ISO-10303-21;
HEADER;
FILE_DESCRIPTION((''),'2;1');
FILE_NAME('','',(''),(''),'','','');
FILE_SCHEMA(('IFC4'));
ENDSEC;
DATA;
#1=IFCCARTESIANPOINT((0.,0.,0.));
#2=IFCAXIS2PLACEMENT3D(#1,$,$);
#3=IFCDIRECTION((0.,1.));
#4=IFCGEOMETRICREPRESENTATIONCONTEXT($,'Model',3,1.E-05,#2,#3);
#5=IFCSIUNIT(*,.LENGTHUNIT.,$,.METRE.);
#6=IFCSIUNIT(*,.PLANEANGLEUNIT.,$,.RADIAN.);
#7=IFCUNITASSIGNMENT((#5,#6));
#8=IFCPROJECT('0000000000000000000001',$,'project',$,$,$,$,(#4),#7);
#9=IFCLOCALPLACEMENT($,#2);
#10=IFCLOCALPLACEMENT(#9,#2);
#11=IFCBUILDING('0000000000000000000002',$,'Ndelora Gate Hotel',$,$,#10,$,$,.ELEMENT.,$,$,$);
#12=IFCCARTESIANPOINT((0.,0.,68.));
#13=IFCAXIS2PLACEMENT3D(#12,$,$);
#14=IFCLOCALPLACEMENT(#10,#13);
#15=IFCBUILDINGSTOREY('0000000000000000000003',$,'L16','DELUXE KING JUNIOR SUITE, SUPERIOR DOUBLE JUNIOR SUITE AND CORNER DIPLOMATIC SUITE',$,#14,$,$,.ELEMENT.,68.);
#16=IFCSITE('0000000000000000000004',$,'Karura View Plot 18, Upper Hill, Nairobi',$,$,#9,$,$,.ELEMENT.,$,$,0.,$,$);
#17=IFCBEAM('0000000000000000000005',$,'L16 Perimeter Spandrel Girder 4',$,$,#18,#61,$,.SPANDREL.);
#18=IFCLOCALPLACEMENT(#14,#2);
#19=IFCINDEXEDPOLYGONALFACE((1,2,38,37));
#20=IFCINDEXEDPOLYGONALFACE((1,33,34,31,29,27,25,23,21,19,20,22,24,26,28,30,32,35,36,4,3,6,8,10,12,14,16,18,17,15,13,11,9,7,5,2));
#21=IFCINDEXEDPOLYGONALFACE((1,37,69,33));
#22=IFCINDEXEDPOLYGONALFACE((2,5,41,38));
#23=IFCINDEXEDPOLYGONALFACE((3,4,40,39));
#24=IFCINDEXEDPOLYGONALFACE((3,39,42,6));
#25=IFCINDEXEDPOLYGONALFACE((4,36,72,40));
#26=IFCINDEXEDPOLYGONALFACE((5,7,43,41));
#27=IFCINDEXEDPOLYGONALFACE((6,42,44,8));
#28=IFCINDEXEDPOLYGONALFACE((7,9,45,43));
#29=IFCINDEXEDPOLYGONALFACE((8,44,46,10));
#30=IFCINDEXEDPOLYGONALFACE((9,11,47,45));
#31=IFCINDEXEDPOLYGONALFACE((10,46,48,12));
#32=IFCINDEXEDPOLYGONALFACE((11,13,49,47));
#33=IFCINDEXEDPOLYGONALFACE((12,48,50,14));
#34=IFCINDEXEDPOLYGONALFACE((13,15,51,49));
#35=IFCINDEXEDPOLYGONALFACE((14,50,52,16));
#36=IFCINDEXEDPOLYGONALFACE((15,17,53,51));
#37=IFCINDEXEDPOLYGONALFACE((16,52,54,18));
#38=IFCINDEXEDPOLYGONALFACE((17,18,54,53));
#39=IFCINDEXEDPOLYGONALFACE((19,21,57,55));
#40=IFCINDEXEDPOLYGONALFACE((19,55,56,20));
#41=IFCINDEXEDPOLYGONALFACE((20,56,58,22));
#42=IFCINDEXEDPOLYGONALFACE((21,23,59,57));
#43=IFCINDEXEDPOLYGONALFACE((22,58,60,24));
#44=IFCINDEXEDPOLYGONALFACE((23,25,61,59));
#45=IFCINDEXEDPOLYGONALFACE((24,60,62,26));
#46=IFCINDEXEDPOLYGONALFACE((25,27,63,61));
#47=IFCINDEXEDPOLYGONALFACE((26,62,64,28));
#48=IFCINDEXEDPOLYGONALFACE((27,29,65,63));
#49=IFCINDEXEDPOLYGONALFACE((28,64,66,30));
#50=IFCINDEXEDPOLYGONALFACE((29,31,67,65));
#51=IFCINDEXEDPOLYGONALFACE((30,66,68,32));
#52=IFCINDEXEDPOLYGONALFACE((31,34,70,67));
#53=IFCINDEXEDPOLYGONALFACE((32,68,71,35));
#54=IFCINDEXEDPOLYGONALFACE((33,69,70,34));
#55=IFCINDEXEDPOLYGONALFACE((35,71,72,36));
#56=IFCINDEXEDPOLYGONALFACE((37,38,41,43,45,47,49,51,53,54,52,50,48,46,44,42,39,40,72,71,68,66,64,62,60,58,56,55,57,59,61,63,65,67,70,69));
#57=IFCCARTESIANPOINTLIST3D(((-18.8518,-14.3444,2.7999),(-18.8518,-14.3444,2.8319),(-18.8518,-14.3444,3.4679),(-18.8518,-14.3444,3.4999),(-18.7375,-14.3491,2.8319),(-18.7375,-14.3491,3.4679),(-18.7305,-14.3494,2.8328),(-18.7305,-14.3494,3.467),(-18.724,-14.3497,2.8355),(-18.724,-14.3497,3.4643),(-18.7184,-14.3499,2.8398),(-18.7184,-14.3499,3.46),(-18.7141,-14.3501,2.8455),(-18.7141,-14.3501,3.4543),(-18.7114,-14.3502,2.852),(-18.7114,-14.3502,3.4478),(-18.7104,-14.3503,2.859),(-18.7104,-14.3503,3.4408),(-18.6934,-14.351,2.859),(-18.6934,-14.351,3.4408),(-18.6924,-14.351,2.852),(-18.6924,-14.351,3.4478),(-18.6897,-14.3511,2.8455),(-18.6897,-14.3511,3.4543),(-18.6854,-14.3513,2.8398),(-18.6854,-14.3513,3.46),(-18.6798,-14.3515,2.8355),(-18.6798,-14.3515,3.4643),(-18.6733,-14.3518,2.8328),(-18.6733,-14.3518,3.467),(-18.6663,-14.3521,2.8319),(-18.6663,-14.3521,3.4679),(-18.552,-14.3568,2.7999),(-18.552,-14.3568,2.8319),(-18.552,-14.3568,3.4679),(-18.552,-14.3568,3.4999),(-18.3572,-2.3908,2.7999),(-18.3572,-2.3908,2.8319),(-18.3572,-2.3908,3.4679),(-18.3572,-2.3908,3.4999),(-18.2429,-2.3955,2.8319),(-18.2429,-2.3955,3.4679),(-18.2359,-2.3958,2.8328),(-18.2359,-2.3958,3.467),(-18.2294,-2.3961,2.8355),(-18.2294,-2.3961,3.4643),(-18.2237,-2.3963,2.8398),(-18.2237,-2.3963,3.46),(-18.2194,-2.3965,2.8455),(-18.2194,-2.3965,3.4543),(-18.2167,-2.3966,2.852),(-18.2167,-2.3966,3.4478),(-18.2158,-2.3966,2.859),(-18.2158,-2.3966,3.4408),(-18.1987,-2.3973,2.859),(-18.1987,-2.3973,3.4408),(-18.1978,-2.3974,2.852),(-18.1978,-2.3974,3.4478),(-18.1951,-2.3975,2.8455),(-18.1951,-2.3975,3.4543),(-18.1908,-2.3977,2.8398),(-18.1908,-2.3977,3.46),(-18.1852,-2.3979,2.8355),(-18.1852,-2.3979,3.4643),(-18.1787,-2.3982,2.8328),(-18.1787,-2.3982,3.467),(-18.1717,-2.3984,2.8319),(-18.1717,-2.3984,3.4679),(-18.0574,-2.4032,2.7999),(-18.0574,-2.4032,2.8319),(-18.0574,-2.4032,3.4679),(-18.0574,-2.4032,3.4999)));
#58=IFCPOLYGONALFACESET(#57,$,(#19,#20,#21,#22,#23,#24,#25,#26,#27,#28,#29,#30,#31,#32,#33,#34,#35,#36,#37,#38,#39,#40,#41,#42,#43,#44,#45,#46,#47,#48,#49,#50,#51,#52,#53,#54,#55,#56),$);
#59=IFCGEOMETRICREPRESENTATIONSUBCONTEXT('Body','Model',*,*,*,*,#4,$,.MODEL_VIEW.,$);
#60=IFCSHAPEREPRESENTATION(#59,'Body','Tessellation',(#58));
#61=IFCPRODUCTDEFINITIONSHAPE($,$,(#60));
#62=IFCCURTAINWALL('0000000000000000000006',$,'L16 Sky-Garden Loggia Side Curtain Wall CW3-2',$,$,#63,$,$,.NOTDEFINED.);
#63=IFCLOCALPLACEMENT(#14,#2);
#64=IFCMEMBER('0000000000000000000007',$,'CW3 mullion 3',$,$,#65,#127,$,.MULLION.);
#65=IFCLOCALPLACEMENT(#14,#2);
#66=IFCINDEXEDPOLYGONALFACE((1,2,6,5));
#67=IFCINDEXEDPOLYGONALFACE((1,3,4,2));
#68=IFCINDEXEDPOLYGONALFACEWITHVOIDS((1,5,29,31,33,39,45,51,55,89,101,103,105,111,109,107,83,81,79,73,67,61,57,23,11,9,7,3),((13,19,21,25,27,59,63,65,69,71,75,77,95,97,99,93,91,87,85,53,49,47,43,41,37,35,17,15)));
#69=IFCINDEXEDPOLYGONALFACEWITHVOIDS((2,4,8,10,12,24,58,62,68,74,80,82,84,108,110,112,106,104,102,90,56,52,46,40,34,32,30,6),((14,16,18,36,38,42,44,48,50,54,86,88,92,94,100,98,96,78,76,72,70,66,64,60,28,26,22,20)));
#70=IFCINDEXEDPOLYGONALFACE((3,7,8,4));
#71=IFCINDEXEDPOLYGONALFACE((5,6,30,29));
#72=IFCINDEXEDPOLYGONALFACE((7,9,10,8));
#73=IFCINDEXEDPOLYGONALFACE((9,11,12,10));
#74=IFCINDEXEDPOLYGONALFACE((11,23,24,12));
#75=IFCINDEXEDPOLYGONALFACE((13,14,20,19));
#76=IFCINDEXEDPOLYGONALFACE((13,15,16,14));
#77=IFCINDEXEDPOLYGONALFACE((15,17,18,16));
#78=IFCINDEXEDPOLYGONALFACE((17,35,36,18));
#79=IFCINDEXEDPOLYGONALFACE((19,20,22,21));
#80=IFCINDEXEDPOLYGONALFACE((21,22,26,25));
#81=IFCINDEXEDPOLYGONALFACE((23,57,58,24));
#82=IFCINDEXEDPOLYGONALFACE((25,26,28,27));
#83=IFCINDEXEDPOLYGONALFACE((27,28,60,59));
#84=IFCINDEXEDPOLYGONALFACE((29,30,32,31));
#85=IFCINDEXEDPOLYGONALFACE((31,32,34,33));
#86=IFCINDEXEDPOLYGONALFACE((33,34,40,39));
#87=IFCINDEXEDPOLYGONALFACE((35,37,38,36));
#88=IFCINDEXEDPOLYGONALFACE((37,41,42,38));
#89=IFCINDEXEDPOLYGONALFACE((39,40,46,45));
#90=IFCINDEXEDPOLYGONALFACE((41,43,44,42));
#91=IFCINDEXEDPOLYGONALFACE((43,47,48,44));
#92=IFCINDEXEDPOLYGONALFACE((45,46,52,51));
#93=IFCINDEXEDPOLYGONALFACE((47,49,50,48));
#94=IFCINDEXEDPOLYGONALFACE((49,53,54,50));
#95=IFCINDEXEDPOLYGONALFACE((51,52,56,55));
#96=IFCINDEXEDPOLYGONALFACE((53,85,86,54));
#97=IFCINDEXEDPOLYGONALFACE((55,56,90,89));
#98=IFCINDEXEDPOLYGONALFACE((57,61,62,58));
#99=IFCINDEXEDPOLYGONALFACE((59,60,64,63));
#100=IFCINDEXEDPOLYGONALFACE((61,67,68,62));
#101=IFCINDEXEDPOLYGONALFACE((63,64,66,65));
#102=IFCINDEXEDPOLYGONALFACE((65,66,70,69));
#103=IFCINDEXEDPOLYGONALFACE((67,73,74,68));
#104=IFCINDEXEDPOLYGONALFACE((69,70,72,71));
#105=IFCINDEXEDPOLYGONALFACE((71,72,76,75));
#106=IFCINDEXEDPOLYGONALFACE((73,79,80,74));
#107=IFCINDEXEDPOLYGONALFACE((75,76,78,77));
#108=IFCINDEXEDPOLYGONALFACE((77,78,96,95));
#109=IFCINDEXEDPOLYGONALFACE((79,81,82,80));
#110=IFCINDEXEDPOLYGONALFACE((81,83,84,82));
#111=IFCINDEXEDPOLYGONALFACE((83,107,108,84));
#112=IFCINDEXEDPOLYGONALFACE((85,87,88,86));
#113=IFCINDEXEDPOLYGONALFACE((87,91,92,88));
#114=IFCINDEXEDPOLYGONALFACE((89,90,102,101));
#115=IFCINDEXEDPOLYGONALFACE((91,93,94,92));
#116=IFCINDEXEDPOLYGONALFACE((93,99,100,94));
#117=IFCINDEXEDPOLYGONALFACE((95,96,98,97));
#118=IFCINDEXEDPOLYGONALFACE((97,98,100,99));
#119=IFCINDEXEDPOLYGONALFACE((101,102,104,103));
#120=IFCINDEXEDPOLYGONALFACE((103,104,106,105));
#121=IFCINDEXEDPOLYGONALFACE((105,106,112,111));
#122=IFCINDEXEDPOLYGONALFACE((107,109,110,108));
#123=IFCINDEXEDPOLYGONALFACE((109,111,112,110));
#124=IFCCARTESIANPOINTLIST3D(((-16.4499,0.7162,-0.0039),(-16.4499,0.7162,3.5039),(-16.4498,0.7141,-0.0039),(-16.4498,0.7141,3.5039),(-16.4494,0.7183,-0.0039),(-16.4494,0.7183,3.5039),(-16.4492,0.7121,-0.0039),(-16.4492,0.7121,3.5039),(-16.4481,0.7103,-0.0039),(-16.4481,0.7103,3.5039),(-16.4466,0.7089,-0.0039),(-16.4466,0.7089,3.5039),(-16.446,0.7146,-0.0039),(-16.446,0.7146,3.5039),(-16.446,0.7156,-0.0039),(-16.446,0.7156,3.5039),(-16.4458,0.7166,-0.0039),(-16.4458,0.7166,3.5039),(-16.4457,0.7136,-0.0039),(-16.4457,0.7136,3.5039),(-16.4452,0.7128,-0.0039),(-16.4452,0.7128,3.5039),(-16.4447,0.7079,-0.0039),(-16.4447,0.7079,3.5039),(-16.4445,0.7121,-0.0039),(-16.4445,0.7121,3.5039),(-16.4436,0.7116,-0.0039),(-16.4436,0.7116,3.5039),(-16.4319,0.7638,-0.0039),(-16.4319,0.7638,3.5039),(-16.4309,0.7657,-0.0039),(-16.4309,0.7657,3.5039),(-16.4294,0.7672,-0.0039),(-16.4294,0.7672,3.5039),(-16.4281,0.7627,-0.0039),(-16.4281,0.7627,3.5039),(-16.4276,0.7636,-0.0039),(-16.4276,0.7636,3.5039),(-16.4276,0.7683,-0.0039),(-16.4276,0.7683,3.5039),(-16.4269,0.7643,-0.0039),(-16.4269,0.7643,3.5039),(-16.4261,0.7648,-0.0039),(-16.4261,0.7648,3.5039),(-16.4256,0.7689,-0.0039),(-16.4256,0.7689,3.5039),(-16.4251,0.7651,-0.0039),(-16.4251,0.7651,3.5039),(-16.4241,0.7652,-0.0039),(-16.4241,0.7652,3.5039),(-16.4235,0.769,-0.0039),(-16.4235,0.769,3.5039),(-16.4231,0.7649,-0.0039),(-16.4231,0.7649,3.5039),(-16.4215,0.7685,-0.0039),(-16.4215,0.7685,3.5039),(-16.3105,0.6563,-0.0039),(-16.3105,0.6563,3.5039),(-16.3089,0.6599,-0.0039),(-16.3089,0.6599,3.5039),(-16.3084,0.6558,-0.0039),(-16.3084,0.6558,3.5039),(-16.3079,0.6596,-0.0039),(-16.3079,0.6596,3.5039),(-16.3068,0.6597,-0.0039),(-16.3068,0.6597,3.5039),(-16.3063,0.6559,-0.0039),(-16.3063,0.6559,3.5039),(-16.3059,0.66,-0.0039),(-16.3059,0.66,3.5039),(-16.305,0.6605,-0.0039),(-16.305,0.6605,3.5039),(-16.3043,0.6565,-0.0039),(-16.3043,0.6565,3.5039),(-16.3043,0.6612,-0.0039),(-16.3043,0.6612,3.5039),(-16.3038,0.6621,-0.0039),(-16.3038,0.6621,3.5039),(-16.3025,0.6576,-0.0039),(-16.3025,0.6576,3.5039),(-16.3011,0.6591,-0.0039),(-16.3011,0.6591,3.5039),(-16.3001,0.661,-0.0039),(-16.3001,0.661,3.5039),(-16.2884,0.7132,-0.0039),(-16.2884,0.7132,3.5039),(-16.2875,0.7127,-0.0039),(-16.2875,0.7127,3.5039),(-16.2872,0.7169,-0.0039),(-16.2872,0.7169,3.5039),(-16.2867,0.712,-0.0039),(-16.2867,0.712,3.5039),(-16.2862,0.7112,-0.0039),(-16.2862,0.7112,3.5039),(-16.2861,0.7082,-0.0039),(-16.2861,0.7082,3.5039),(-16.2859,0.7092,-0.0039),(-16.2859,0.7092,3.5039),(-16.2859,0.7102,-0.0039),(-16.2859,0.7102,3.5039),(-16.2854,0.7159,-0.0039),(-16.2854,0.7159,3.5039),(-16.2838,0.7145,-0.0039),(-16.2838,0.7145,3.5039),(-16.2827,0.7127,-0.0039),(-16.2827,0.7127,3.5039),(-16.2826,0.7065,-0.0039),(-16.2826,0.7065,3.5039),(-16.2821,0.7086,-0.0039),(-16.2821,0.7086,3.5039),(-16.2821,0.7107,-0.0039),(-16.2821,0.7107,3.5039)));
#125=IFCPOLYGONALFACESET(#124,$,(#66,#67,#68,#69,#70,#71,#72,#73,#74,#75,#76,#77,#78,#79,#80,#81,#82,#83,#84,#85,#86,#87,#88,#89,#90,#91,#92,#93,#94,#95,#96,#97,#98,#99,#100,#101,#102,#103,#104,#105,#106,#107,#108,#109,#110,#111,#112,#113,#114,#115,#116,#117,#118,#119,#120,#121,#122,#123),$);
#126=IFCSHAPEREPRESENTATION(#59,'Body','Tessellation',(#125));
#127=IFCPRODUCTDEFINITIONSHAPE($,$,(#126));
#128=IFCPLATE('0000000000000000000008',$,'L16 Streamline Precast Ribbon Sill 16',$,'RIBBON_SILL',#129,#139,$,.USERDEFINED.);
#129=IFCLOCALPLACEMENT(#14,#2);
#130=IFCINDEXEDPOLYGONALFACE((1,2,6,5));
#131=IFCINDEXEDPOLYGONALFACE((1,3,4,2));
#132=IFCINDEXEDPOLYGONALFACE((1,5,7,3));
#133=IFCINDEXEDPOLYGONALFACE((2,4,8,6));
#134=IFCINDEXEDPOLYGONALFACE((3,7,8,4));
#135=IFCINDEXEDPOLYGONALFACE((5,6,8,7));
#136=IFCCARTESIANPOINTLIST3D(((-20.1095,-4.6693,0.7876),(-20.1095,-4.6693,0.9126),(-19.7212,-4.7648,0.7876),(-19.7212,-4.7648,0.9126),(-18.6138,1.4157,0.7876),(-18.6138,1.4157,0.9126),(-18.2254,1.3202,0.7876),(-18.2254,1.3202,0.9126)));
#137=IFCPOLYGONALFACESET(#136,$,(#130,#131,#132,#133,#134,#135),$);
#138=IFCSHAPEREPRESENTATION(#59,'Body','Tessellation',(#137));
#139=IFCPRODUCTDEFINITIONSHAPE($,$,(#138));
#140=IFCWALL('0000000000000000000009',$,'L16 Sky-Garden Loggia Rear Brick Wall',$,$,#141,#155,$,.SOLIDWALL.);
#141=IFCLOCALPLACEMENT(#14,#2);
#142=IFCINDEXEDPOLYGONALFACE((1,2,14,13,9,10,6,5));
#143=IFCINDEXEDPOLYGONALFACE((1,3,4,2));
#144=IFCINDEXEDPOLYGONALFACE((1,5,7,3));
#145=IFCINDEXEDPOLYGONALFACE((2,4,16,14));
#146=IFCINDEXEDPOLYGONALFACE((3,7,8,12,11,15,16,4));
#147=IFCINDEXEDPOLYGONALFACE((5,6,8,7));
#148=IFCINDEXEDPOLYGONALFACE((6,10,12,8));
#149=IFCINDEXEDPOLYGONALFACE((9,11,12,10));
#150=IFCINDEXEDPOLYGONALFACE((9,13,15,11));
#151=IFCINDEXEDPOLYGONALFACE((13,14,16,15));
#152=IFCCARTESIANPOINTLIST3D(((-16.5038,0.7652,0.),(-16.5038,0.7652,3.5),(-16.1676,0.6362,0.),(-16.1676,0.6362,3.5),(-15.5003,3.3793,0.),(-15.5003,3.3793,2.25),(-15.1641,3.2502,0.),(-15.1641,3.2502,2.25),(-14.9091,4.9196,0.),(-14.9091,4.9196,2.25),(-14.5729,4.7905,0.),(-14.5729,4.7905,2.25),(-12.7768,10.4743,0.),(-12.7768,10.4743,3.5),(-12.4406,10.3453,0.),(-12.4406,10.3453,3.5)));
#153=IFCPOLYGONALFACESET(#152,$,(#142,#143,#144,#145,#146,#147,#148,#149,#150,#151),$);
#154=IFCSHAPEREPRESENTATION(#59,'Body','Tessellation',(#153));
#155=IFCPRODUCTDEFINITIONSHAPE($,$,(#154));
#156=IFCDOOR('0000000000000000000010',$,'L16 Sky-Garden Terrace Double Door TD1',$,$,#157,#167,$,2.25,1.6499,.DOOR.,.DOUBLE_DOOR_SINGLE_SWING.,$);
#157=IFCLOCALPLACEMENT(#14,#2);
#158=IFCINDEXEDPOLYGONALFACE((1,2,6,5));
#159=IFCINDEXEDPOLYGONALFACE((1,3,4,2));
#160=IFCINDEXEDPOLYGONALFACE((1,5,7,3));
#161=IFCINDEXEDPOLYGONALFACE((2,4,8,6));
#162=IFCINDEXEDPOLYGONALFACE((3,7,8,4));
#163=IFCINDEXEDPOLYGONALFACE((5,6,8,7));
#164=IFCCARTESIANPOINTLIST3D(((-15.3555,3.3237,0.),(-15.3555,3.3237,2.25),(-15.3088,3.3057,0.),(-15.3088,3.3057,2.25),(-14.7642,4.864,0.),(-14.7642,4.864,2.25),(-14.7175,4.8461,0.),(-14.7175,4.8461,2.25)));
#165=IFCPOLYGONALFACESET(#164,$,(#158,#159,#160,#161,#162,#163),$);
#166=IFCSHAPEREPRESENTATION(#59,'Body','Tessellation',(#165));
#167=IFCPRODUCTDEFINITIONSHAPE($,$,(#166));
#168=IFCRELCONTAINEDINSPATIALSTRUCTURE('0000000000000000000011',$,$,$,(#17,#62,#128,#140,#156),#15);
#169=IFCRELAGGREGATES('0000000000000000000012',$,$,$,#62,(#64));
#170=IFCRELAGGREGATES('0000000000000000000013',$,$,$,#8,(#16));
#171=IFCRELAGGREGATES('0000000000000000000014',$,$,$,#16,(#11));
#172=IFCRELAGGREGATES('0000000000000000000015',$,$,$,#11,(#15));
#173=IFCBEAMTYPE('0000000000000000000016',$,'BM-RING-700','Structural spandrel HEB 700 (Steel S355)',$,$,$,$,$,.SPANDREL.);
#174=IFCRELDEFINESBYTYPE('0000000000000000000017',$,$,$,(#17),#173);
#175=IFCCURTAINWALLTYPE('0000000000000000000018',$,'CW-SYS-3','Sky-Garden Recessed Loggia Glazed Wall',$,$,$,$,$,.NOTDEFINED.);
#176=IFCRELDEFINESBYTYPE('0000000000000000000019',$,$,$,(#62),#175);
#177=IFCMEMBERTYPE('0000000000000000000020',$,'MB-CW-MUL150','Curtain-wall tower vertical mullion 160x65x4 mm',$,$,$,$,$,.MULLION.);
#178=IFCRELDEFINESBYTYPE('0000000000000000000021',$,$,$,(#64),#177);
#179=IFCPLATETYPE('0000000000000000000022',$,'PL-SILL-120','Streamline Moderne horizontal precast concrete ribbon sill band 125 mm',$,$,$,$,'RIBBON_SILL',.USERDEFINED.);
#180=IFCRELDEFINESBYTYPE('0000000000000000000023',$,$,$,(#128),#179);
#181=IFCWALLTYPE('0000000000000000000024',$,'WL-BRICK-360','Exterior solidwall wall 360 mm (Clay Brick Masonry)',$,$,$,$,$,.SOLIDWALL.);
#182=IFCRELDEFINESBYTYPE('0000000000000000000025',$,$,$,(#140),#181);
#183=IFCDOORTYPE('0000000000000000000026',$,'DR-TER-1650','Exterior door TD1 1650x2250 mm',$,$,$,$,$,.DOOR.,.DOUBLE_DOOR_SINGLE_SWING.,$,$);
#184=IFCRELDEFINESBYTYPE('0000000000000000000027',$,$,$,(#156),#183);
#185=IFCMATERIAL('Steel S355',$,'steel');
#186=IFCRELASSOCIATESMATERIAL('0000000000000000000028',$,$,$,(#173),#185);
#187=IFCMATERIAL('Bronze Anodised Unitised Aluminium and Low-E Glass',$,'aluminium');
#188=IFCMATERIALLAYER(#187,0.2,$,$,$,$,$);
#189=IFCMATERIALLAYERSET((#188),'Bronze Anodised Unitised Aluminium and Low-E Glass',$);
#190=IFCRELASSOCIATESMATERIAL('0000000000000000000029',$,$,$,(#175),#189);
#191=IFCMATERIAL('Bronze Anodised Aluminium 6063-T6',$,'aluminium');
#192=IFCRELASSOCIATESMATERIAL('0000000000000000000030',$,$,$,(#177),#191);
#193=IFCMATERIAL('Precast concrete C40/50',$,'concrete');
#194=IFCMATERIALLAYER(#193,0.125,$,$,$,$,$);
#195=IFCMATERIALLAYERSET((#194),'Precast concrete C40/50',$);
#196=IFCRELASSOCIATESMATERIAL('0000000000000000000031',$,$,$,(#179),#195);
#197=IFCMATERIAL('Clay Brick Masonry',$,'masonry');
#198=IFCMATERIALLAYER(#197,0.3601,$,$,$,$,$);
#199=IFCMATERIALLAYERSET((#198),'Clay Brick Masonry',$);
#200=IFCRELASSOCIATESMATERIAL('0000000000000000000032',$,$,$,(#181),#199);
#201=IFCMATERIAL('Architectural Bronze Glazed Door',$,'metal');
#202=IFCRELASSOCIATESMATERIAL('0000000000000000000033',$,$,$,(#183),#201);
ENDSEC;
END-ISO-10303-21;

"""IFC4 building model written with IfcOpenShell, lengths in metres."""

from ifc_helpers import new_model, si_unit, direction, frame, frame_2d, origin, origin_2d, place, context, subcontext, project, spatial, rectangle, hollow_rectangle, i_section, extrude, material, layer, layer_set, material_profile, profile_set, type_object, element, fill, aggregate, save


model = new_model("IFC4")

# Units and contexts
model_context = context("Model", 3, precision=1e-05, world=origin(), true_north=direction((0.0, 1.0)))
body_context = subcontext(model_context, "Body", "Model", "MODEL_VIEW")
ifc_project = project(units=[si_unit("LENGTHUNIT", "METRE"), si_unit("PLANEANGLEUNIT", "RADIAN")], contexts=[model_context])

# Site, building, storey
site_placement = place(None, origin())
site = spatial("IfcSite", under=ifc_project, at=site_placement, Name="Karura View Plot 18, Upper Hill, Nairobi", CompositionType="ELEMENT", RefElevation=0.0)
building_placement = place(site_placement, origin())
building = spatial("IfcBuilding", under=site, at=building_placement, Name="Ndelora Gate Hotel", CompositionType="ELEMENT")
storey_placement = place(building_placement, frame((0.0, 0.0, 68.0)))
storey = spatial("IfcBuildingStorey", under=building, at=storey_placement, Name="L16", Description="DELUXE KING JUNIOR SUITE, SUPERIOR DOUBLE JUNIOR SUITE AND CORNER DIPLOMATIC SUITE", CompositionType="ELEMENT", Elevation=68.0)

# Beam
ifc_material_1 = material(Name="Steel S355", Category="steel")
ifc_material_profile_1 = material_profile(ifc_material_1, i_section(OverallWidth=0.3, OverallDepth=0.7, WebThickness=0.0171, FlangeThickness=0.032, FilletRadius=0.0271, at=origin_2d()), Name="HEB 700")
ifc_profile_set_1 = profile_set([ifc_material_profile_1], Name="Steel S355")
beam_type_1 = type_object("IfcBeamType", Name="BM-RING-700", Description="Structural spandrel HEB 700 (Steel S355)", PredefinedType="SPANDREL", material=ifc_profile_set_1)
beam_1_placement = place(storey_placement, frame((-18.2073, -2.397, 3.1499), z_axis=(-0.041344, -0.999145, 0.0), x_axis=(0.999145, -0.041344, 0.0)))
element("IfcBeam", 1, at=beam_1_placement, inside=storey, type_object=beam_type_1, Name="L16 Perimeter Spandrel Girder 4", PredefinedType="SPANDREL", context=body_context, shape_type="SweptSolid", body=[
    extrude(i_section(OverallWidth=0.3, OverallDepth=0.7, WebThickness=0.0171, FlangeThickness=0.032, FilletRadius=0.0271, at=origin_2d()), origin(), (0.0, 0.0, 1.0), 11.9639),
])

# Curtain wall, member
ifc_material_2 = material(Name="Bronze Anodised Unitised Aluminium and Low-E Glass", Category="aluminium")
ifc_layer_1 = layer(ifc_material_2, 0.2)
ifc_layer_set_1 = layer_set([ifc_layer_1], Name="Bronze Anodised Unitised Aluminium and Low-E Glass")
curtain_wall_type = type_object("IfcCurtainWallType", Name="CW-SYS-3", Description="Sky-Garden Recessed Loggia Glazed Wall", PredefinedType="NOTDEFINED", material=ifc_layer_set_1)
curtain_wall_placement = place(storey_placement, origin())
curtain_wall = element("IfcCurtainWall", 2, at=curtain_wall_placement, inside=storey, type_object=curtain_wall_type, Name="L16 Sky-Garden Loggia Side Curtain Wall CW3-2", PredefinedType="NOTDEFINED")
ifc_material_3 = material(Name="Bronze Anodised Aluminium 6063-T6", Category="aluminium")
ifc_material_profile_2 = material_profile(ifc_material_3, hollow_rectangle(XDim=0.0649, YDim=0.1599, WallThickness=0.0039, InnerFilletRadius=0.0039, OuterFilletRadius=0.0081, at=origin_2d()), Name="ALU 160x65x4")
ifc_profile_set_2 = profile_set([ifc_material_profile_2], Name="Bronze Anodised Aluminium 6063-T6")
member_type = type_object("IfcMemberType", Name="MB-CW-MUL150", Description="Curtain-wall tower vertical mullion 160x65x4 mm", PredefinedType="MULLION", material=ifc_profile_set_2)
member_placement = place(storey_placement, frame((-16.366, 0.7124, -0.0039), z_axis=(0.0, 0.0, 1.0), x_axis=(0.358376, 0.933577, 0.0)))
member = element("IfcMember", 3, at=member_placement, type_object=member_type, Name="CW3 mullion 3", PredefinedType="MULLION", context=body_context, shape_type="SweptSolid", body=[
    extrude(hollow_rectangle(XDim=0.0649, YDim=0.1599, WallThickness=0.0039, InnerFilletRadius=0.0039, OuterFilletRadius=0.0081, at=origin_2d()), origin(), (0.0, 0.0, 1.0), 3.5078),
])
aggregate(curtain_wall, [member])

# Plate
ifc_material_4 = material(Name="Precast concrete C40/50", Category="concrete")
ifc_layer_2 = layer(ifc_material_4, 0.125)
ifc_layer_set_2 = layer_set([ifc_layer_2], Name="Precast concrete C40/50")
plate_type = type_object("IfcPlateType", Name="PL-SILL-120", Description="Streamline Moderne horizontal precast concrete ribbon sill band 125 mm", ElementType="RIBBON_SILL", PredefinedType="USERDEFINED", material=ifc_layer_set_2)
plate_placement = place(storey_placement, frame((-19.1675, -1.6746, 0.7876), z_axis=(0.0, 0.0, 1.0), x_axis=(0.238703, 0.971093, 0.0)))
element("IfcPlate", 4, at=plate_placement, inside=storey, type_object=plate_type, Name="L16 Streamline Precast Ribbon Sill 16", ObjectType="RIBBON_SILL", PredefinedType="USERDEFINED", context=body_context, shape_type="SweptSolid", body=[
    extrude(rectangle(XDim=6.2661, YDim=0.3999, at=origin_2d()), origin(), (0.0, 0.0, 1.0), 0.125),
])

# Wall, opening, door
ifc_material_5 = material(Name="Clay Brick Masonry", Category="masonry")
ifc_layer_3 = layer(ifc_material_5, 0.3601)
ifc_layer_set_3 = layer_set([ifc_layer_3], Name="Clay Brick Masonry")
wall_type_1 = type_object("IfcWallType", Name="WL-BRICK-360", Description="Exterior solidwall wall 360 mm (Clay Brick Masonry)", PredefinedType="SOLIDWALL", material=ifc_layer_set_3)
wall_1_placement = place(storey_placement, frame((-16.3357, 0.7007, 0.0), z_axis=(0.0, 0.0, 1.0), x_axis=(0.35837, 0.93358, 0.0)))
wall_1 = element("IfcWall", 5, at=wall_1_placement, inside=storey, type_object=wall_type_1, Name="L16 Sky-Garden Loggia Rear Brick Wall", PredefinedType="SOLIDWALL", context=body_context, shape_type="SweptSolid", body=[
    extrude(rectangle(XDim=10.3999, YDim=0.3601, at=frame_2d((5.2, 0.0))), origin(), (0.0, 0.0, 1.0), 3.5),
])
opening_1_placement = place(wall_1_placement, frame((2.8, 0.0, 0.0)))
opening_1 = element("IfcOpeningElement", 6, at=opening_1_placement, cuts=wall_1, PredefinedType="OPENING", context=body_context, shape_type="SweptSolid", body=[
    extrude(rectangle(XDim=1.6499, YDim=2.25, at=frame_2d((0.825, 1.125))), frame((0.0, 0.1899, 0.0), z_axis=(0.0, -1.0, 0.0), x_axis=(1.0, 0.0, 0.0)), (0.0, 0.0, 1.0), 0.3801),
])
ifc_material_6 = material(Name="Architectural Bronze Glazed Door", Category="metal")
door_type_1 = type_object("IfcDoorType", Name="DR-TER-1650", Description="Exterior door TD1 1650x2250 mm", OperationType="DOUBLE_DOOR_SINGLE_SWING", PredefinedType="DOOR", material=ifc_material_6)
door_1_placement = place(opening_1_placement, origin())
door_1 = element("IfcDoor", 7, at=door_1_placement, inside=storey, type_object=door_type_1, Name="L16 Sky-Garden Terrace Double Door TD1", OperationType="DOUBLE_DOOR_SINGLE_SWING", OverallHeight=2.25, OverallWidth=1.6499, PredefinedType="DOOR", context=body_context, shape_type="SweptSolid", body=[
    extrude(rectangle(XDim=1.6499, YDim=2.25, at=frame_2d((0.825, 1.125))), frame((0.0, 0.0249, 0.0), z_axis=(0.0, -1.0, 0.0), x_axis=(1.0, 0.0, 0.0)), (0.0, 0.0, 1.0), 0.05),
])
fill(opening_1, door_1)

save(model, "model.ifc")
